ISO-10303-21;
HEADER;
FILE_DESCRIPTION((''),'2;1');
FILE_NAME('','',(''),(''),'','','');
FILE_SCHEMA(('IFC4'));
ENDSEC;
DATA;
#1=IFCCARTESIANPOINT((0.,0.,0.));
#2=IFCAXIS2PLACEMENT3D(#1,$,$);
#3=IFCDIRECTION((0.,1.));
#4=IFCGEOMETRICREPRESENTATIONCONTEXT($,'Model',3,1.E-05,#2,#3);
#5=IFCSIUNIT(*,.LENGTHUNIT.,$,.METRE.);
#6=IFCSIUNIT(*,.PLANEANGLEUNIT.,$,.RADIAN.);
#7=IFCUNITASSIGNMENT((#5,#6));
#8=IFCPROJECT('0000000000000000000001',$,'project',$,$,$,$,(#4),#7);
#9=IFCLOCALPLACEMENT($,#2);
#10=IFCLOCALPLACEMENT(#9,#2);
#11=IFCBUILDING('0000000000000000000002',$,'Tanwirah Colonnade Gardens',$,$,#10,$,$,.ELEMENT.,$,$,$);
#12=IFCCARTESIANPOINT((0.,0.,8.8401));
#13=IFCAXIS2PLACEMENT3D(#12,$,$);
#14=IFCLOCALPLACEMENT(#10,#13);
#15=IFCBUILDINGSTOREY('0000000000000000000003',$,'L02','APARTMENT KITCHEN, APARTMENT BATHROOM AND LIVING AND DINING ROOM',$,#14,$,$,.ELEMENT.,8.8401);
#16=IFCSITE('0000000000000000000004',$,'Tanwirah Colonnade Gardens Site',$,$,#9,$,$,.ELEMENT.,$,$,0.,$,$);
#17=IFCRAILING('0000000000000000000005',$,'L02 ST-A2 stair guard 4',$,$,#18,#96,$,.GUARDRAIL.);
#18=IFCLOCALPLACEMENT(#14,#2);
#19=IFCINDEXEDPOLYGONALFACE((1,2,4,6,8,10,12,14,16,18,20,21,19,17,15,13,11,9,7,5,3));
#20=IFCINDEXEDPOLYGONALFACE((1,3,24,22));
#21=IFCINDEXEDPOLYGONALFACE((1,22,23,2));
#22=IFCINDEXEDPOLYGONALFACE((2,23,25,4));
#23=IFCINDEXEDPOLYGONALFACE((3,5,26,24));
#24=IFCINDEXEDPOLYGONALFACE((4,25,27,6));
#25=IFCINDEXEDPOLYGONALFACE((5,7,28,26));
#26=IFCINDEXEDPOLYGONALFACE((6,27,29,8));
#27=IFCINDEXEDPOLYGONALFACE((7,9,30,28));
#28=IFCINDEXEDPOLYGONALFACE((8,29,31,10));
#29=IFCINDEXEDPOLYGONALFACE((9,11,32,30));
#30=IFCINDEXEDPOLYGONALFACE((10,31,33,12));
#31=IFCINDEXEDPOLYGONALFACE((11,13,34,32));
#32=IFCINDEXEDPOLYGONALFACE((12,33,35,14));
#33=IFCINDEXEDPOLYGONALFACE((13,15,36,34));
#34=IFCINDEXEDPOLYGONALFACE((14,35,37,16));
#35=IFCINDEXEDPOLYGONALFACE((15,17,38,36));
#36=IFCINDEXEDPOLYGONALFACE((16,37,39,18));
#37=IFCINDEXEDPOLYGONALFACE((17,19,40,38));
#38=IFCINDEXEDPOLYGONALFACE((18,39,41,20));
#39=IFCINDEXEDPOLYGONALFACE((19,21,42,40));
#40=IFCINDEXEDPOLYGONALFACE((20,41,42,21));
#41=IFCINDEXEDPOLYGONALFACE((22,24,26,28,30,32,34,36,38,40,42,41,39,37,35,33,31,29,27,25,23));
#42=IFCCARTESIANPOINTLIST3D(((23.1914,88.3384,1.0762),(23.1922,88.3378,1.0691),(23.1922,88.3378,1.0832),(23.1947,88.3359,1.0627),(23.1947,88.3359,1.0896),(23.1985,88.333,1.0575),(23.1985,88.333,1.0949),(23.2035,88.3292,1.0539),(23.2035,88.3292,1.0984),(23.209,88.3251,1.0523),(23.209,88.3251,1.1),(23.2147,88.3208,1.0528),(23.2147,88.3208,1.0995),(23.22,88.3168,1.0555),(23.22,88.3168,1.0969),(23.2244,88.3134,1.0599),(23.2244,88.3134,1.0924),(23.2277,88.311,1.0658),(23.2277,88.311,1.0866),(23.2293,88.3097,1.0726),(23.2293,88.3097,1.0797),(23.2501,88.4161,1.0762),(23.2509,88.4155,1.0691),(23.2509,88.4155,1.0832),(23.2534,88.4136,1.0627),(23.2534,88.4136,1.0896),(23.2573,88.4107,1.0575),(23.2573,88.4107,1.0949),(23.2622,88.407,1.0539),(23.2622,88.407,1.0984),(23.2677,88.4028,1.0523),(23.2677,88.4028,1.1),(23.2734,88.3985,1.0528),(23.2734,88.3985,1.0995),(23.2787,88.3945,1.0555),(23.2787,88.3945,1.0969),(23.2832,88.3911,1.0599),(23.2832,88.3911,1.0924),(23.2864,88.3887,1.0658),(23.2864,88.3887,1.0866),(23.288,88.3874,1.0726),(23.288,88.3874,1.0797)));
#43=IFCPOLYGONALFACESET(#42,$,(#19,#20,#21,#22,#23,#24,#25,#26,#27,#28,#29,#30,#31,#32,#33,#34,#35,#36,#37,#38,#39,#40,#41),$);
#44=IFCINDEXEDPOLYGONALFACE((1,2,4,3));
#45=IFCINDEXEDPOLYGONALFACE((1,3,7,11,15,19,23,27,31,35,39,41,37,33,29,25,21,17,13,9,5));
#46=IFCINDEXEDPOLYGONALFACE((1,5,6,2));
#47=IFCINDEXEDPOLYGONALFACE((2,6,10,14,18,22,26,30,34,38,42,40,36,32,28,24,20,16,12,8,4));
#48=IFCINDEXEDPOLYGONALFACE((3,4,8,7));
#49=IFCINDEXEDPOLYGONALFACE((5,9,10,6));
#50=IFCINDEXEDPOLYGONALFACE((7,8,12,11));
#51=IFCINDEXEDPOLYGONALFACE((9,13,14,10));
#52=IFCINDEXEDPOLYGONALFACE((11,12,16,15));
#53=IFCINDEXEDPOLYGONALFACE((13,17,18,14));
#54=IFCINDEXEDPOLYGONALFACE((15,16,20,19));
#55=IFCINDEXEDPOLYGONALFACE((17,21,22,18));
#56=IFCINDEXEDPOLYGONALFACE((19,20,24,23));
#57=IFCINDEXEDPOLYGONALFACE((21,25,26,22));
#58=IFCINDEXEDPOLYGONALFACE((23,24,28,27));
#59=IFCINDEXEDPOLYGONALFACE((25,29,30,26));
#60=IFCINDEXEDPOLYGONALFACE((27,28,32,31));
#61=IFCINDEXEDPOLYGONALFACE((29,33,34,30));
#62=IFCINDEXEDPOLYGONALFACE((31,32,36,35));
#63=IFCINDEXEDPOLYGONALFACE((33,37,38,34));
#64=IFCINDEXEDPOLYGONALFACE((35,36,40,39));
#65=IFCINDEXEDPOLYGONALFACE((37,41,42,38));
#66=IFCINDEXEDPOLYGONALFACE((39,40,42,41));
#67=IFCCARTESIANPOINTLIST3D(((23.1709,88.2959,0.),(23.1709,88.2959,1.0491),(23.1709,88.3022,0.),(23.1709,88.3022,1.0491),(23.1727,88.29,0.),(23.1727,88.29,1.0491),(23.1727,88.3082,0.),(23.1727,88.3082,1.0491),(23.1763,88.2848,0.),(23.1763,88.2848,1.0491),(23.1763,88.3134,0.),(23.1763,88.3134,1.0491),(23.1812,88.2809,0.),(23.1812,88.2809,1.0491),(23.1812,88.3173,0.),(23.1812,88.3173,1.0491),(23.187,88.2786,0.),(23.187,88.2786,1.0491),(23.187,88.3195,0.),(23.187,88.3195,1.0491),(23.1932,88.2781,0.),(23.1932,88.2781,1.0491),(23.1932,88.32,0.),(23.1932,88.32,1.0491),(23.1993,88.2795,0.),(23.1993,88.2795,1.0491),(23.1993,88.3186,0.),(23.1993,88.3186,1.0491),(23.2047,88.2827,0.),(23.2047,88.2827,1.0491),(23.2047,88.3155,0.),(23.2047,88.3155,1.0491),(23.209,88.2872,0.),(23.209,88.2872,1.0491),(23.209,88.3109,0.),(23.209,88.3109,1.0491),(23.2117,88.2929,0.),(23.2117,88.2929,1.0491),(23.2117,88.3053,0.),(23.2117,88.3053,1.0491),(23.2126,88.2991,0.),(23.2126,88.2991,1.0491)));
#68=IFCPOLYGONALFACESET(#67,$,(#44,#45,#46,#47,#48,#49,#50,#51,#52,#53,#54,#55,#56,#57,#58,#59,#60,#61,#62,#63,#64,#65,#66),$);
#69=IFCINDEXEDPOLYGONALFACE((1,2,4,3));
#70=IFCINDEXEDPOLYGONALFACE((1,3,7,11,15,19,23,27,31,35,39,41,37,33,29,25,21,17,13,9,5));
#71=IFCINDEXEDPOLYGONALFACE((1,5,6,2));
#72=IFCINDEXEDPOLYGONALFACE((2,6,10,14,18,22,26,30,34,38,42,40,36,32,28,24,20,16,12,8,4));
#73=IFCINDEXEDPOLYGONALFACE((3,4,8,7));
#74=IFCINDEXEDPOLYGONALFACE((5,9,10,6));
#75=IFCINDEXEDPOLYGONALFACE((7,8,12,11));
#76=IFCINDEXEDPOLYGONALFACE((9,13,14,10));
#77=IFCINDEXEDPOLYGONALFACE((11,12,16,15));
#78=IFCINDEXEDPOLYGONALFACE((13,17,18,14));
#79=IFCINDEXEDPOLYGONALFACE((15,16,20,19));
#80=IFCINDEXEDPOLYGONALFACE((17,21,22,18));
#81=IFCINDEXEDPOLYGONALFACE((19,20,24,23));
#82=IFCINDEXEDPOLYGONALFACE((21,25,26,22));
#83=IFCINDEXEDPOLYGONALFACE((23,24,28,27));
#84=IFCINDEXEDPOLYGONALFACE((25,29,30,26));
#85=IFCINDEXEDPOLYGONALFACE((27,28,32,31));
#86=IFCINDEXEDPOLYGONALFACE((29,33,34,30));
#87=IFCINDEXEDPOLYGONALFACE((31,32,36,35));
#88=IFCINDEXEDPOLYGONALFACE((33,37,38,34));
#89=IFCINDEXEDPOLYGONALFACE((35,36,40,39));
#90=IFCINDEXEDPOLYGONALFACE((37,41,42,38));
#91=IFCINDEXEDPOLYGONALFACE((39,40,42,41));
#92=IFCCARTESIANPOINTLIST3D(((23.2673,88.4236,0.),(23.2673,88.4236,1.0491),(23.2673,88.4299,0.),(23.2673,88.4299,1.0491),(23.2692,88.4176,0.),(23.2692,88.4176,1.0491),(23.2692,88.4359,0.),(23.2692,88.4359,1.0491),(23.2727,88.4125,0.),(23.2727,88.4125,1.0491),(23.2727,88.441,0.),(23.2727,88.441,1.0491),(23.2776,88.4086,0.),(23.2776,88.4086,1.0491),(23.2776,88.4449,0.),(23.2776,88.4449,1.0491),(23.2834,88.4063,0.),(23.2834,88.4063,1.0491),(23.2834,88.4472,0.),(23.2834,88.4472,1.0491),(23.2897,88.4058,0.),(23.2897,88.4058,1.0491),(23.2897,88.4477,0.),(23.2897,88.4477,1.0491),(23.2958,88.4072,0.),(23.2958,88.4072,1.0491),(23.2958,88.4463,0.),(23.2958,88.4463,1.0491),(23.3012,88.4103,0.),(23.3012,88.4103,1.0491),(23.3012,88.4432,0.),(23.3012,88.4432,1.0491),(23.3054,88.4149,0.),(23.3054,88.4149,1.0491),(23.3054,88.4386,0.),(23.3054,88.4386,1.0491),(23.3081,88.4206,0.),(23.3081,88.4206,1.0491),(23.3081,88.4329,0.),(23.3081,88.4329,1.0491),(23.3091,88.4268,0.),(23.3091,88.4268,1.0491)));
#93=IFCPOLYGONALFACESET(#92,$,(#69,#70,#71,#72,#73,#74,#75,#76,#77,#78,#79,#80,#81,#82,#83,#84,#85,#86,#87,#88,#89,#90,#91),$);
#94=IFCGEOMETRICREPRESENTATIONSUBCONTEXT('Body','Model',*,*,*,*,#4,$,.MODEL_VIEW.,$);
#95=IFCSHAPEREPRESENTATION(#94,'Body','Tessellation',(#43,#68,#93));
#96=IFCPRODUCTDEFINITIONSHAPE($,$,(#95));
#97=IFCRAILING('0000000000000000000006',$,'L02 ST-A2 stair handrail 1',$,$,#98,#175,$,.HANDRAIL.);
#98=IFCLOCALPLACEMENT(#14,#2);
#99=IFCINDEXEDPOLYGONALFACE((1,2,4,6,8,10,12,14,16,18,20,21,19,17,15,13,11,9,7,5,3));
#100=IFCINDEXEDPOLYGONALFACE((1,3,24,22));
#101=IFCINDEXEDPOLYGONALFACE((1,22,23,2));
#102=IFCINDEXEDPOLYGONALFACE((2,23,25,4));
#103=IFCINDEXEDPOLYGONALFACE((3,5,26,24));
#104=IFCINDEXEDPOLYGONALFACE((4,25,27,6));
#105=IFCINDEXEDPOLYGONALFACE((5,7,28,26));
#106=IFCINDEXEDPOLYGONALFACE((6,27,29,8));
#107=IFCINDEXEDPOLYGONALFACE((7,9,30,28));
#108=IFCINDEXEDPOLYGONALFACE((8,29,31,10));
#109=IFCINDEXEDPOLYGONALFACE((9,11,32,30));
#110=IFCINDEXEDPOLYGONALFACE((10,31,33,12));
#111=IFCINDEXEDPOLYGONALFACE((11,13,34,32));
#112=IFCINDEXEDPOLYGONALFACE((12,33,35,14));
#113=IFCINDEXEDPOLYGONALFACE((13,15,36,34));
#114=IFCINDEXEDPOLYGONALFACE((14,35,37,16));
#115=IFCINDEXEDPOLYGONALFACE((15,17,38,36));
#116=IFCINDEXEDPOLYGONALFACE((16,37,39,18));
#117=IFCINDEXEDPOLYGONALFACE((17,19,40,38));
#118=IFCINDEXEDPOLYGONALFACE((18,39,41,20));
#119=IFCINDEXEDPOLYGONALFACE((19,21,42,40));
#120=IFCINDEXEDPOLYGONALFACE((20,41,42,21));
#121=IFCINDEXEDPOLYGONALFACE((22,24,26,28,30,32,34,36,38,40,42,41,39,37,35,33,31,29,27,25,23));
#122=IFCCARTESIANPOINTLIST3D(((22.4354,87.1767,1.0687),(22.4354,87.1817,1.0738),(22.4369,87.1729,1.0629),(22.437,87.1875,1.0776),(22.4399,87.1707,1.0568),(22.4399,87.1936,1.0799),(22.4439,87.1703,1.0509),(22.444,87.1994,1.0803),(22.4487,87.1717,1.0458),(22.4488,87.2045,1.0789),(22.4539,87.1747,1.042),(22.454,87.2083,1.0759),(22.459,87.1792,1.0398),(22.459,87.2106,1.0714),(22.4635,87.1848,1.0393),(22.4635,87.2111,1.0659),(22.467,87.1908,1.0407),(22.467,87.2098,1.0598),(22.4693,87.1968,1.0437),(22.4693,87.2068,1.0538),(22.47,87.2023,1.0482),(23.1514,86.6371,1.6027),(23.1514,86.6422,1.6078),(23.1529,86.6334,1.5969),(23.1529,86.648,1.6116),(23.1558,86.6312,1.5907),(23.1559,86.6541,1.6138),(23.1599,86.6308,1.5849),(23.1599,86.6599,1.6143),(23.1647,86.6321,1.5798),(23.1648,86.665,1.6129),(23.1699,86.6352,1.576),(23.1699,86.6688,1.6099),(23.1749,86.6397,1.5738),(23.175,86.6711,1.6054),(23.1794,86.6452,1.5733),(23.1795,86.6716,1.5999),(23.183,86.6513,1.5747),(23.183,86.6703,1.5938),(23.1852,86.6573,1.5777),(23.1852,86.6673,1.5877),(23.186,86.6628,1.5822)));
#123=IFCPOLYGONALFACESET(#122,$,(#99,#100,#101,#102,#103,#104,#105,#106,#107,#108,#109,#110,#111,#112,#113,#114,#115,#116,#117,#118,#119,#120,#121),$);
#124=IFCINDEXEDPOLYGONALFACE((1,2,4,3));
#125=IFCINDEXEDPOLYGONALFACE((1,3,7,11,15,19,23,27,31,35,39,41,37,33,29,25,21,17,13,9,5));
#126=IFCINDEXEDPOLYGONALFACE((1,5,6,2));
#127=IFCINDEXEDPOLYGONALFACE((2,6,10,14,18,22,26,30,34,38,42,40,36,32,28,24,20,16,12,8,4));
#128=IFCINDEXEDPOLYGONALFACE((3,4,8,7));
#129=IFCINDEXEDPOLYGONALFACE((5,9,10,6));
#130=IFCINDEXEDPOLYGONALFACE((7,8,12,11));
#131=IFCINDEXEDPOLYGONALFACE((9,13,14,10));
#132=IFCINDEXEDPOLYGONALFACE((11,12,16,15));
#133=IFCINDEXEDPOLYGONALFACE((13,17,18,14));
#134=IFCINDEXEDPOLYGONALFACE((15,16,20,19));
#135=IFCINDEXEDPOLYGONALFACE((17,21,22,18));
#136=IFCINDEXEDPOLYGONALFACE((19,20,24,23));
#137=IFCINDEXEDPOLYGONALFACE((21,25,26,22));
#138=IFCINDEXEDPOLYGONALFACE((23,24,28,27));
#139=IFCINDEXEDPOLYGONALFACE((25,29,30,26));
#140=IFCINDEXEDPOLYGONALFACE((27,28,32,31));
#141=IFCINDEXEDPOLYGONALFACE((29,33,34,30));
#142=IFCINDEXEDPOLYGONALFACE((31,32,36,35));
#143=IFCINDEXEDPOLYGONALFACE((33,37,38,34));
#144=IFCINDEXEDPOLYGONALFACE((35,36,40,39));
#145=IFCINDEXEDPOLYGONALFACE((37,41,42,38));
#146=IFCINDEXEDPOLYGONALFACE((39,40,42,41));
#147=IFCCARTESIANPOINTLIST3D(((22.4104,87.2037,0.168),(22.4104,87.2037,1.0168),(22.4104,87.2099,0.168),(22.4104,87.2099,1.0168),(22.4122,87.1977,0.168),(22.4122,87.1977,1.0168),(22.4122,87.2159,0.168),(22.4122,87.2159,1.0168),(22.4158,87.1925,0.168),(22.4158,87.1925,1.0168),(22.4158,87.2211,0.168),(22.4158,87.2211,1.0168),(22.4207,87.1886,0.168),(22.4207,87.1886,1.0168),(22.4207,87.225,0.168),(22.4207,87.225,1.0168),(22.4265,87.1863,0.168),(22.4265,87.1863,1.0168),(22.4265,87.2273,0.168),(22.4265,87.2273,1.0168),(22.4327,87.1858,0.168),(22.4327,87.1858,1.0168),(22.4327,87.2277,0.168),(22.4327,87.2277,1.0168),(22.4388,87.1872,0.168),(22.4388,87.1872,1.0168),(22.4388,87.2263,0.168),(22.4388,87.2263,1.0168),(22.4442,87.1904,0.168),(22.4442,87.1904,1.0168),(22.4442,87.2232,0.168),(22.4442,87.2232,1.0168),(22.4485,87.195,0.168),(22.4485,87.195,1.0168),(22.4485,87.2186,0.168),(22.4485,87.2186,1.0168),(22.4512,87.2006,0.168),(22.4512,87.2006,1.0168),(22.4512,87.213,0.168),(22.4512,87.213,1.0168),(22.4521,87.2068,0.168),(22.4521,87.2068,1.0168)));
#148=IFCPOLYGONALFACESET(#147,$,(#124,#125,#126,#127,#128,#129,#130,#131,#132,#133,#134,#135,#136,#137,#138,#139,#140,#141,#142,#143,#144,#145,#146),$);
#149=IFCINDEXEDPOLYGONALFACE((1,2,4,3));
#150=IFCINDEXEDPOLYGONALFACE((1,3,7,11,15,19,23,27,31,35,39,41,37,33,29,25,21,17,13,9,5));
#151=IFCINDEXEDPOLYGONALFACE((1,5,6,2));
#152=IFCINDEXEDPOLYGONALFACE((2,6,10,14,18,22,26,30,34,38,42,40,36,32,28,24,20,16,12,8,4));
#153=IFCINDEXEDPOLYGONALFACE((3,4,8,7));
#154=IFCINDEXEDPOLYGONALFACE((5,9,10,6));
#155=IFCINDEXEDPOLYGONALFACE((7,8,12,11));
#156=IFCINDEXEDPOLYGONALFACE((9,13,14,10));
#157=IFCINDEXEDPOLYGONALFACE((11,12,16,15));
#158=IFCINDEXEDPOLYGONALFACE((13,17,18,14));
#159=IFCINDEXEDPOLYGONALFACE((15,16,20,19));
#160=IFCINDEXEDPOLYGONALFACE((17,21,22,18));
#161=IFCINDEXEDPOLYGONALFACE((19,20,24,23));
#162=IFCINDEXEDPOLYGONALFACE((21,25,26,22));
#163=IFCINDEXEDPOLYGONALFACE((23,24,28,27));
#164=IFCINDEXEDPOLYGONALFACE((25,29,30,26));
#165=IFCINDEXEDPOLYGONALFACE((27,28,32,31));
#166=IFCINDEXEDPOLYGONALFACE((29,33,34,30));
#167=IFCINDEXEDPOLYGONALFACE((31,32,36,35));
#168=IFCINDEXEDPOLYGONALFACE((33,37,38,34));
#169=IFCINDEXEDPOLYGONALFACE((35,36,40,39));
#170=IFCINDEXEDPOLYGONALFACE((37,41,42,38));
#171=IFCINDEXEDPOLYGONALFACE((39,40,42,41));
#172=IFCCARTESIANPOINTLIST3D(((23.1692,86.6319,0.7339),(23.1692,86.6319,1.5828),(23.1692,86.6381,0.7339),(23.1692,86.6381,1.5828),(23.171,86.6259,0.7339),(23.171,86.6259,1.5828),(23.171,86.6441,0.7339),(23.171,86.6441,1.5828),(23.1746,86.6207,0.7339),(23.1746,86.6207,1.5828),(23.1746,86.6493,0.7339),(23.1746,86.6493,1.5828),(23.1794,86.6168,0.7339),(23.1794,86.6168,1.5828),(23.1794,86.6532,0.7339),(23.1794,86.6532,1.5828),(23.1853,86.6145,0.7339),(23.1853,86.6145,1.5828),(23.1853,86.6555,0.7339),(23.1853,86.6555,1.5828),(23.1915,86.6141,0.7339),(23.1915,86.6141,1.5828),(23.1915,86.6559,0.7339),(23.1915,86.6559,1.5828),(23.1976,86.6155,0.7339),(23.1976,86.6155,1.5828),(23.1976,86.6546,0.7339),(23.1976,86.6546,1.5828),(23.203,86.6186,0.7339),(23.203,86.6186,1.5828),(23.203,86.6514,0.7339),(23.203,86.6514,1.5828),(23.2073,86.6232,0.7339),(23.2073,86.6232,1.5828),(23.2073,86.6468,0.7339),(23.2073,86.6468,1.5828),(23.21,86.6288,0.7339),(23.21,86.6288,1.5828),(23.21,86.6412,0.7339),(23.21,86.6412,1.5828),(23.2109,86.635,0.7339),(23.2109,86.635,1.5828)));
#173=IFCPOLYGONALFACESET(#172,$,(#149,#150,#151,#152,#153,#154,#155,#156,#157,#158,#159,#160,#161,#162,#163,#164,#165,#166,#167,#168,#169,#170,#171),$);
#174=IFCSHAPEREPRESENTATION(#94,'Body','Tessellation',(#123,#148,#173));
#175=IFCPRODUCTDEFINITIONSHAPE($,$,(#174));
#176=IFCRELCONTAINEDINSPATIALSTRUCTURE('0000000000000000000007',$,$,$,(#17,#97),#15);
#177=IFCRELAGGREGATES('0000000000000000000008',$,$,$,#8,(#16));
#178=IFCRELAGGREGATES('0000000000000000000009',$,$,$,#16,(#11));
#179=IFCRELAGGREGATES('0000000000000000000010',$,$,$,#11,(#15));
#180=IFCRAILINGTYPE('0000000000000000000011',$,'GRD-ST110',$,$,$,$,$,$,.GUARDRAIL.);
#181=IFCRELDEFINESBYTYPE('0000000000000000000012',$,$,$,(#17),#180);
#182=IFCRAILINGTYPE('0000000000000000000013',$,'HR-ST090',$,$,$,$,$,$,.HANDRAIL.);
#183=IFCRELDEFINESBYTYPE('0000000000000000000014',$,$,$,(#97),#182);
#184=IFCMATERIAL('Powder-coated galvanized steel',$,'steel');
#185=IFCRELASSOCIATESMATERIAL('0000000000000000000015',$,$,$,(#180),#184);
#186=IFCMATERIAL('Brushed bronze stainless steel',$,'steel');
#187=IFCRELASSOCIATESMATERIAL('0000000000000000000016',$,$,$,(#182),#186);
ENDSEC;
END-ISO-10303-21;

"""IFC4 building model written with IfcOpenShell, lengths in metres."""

from ifc_helpers import new_model, si_unit, direction, frame, origin, origin_2d, place, context, subcontext, project, spatial, circle, extrude, material, type_object, element, save


model = new_model("IFC4")

# Units and contexts
model_context = context("Model", 3, precision=1e-05, world=origin(), true_north=direction((0.0, 1.0)))
body_context = subcontext(model_context, "Body", "Model", "MODEL_VIEW")
ifc_project = project(units=[si_unit("LENGTHUNIT", "METRE"), si_unit("PLANEANGLEUNIT", "RADIAN")], contexts=[model_context])

# Site, building, storey
site_placement = place(None, origin())
site = spatial("IfcSite", under=ifc_project, at=site_placement, Name="Tanwirah Colonnade Gardens Site", CompositionType="ELEMENT", RefElevation=0.0)
building_placement = place(site_placement, origin())
building = spatial("IfcBuilding", under=site, at=building_placement, Name="Tanwirah Colonnade Gardens", CompositionType="ELEMENT")
storey_placement = place(building_placement, frame((0.0, 0.0, 8.8401)))
storey = spatial("IfcBuildingStorey", under=building, at=storey_placement, Name="L02", Description="APARTMENT KITCHEN, APARTMENT BATHROOM AND LIVING AND DINING ROOM", CompositionType="ELEMENT", Elevation=8.8401)

# Railings
ifc_material_1 = material(Name="Powder-coated galvanized steel", Category="steel")
railing_type_1 = type_object("IfcRailingType", Name="GRD-ST110", PredefinedType="GUARDRAIL", material=ifc_material_1)
railing_1_placement = place(storey_placement, frame((23.1917, 88.2991, 0.0)))
element("IfcRailing", 1, at=railing_1_placement, inside=storey, type_object=railing_type_1, Name="L02 ST-A2 stair guard 4", PredefinedType="GUARDRAIL", context=body_context, shape_type="SweptSolid", body=[
    extrude(circle(Radius=0.0239, at=origin_2d()), frame((0.0188, 0.0249, 1.0762), z_axis=(0.602682, 0.797981, 0.0), x_axis=(-0.797981, 0.602682, 0.0)), (0.0, 0.0, 1.0), 0.0974),
    extrude(circle(Radius=0.021, at=origin_2d()), origin(), (0.0, 0.0, 1.0), 1.0491),
    extrude(circle(Radius=0.021, at=origin_2d()), frame((0.0964, 0.1277, 0.0)), (0.0, 0.0, 1.0), 1.0491),
])
ifc_material_2 = material(Name="Brushed bronze stainless steel", Category="steel")
railing_type_2 = type_object("IfcRailingType", Name="HR-ST090", PredefinedType="HANDRAIL", material=ifc_material_2)
railing_2_placement = place(storey_placement, frame((22.4312, 87.2068, 0.168)))
element("IfcRailing", 2, at=railing_2_placement, inside=storey, type_object=railing_type_2, Name="L02 ST-A2 stair handrail 1", PredefinedType="HANDRAIL", context=body_context, shape_type="SweptSolid", body=[
    extrude(circle(Radius=0.0239, at=origin_2d()), frame((0.0215, -0.0161, 0.8918), z_axis=(0.686145, -0.517037, 0.511739), x_axis=(0.601807, 0.798641, 0.0)), (0.0, 0.0, 1.0), 1.0435),
    extrude(circle(Radius=0.021, at=origin_2d()), origin(), (0.0, 0.0, 1.0), 0.8489),
    extrude(circle(Radius=0.021, at=origin_2d()), frame((0.7588, -0.5718, 0.5659)), (0.0, 0.0, 1.0), 0.8489),
])

save(model, "model.ifc")
